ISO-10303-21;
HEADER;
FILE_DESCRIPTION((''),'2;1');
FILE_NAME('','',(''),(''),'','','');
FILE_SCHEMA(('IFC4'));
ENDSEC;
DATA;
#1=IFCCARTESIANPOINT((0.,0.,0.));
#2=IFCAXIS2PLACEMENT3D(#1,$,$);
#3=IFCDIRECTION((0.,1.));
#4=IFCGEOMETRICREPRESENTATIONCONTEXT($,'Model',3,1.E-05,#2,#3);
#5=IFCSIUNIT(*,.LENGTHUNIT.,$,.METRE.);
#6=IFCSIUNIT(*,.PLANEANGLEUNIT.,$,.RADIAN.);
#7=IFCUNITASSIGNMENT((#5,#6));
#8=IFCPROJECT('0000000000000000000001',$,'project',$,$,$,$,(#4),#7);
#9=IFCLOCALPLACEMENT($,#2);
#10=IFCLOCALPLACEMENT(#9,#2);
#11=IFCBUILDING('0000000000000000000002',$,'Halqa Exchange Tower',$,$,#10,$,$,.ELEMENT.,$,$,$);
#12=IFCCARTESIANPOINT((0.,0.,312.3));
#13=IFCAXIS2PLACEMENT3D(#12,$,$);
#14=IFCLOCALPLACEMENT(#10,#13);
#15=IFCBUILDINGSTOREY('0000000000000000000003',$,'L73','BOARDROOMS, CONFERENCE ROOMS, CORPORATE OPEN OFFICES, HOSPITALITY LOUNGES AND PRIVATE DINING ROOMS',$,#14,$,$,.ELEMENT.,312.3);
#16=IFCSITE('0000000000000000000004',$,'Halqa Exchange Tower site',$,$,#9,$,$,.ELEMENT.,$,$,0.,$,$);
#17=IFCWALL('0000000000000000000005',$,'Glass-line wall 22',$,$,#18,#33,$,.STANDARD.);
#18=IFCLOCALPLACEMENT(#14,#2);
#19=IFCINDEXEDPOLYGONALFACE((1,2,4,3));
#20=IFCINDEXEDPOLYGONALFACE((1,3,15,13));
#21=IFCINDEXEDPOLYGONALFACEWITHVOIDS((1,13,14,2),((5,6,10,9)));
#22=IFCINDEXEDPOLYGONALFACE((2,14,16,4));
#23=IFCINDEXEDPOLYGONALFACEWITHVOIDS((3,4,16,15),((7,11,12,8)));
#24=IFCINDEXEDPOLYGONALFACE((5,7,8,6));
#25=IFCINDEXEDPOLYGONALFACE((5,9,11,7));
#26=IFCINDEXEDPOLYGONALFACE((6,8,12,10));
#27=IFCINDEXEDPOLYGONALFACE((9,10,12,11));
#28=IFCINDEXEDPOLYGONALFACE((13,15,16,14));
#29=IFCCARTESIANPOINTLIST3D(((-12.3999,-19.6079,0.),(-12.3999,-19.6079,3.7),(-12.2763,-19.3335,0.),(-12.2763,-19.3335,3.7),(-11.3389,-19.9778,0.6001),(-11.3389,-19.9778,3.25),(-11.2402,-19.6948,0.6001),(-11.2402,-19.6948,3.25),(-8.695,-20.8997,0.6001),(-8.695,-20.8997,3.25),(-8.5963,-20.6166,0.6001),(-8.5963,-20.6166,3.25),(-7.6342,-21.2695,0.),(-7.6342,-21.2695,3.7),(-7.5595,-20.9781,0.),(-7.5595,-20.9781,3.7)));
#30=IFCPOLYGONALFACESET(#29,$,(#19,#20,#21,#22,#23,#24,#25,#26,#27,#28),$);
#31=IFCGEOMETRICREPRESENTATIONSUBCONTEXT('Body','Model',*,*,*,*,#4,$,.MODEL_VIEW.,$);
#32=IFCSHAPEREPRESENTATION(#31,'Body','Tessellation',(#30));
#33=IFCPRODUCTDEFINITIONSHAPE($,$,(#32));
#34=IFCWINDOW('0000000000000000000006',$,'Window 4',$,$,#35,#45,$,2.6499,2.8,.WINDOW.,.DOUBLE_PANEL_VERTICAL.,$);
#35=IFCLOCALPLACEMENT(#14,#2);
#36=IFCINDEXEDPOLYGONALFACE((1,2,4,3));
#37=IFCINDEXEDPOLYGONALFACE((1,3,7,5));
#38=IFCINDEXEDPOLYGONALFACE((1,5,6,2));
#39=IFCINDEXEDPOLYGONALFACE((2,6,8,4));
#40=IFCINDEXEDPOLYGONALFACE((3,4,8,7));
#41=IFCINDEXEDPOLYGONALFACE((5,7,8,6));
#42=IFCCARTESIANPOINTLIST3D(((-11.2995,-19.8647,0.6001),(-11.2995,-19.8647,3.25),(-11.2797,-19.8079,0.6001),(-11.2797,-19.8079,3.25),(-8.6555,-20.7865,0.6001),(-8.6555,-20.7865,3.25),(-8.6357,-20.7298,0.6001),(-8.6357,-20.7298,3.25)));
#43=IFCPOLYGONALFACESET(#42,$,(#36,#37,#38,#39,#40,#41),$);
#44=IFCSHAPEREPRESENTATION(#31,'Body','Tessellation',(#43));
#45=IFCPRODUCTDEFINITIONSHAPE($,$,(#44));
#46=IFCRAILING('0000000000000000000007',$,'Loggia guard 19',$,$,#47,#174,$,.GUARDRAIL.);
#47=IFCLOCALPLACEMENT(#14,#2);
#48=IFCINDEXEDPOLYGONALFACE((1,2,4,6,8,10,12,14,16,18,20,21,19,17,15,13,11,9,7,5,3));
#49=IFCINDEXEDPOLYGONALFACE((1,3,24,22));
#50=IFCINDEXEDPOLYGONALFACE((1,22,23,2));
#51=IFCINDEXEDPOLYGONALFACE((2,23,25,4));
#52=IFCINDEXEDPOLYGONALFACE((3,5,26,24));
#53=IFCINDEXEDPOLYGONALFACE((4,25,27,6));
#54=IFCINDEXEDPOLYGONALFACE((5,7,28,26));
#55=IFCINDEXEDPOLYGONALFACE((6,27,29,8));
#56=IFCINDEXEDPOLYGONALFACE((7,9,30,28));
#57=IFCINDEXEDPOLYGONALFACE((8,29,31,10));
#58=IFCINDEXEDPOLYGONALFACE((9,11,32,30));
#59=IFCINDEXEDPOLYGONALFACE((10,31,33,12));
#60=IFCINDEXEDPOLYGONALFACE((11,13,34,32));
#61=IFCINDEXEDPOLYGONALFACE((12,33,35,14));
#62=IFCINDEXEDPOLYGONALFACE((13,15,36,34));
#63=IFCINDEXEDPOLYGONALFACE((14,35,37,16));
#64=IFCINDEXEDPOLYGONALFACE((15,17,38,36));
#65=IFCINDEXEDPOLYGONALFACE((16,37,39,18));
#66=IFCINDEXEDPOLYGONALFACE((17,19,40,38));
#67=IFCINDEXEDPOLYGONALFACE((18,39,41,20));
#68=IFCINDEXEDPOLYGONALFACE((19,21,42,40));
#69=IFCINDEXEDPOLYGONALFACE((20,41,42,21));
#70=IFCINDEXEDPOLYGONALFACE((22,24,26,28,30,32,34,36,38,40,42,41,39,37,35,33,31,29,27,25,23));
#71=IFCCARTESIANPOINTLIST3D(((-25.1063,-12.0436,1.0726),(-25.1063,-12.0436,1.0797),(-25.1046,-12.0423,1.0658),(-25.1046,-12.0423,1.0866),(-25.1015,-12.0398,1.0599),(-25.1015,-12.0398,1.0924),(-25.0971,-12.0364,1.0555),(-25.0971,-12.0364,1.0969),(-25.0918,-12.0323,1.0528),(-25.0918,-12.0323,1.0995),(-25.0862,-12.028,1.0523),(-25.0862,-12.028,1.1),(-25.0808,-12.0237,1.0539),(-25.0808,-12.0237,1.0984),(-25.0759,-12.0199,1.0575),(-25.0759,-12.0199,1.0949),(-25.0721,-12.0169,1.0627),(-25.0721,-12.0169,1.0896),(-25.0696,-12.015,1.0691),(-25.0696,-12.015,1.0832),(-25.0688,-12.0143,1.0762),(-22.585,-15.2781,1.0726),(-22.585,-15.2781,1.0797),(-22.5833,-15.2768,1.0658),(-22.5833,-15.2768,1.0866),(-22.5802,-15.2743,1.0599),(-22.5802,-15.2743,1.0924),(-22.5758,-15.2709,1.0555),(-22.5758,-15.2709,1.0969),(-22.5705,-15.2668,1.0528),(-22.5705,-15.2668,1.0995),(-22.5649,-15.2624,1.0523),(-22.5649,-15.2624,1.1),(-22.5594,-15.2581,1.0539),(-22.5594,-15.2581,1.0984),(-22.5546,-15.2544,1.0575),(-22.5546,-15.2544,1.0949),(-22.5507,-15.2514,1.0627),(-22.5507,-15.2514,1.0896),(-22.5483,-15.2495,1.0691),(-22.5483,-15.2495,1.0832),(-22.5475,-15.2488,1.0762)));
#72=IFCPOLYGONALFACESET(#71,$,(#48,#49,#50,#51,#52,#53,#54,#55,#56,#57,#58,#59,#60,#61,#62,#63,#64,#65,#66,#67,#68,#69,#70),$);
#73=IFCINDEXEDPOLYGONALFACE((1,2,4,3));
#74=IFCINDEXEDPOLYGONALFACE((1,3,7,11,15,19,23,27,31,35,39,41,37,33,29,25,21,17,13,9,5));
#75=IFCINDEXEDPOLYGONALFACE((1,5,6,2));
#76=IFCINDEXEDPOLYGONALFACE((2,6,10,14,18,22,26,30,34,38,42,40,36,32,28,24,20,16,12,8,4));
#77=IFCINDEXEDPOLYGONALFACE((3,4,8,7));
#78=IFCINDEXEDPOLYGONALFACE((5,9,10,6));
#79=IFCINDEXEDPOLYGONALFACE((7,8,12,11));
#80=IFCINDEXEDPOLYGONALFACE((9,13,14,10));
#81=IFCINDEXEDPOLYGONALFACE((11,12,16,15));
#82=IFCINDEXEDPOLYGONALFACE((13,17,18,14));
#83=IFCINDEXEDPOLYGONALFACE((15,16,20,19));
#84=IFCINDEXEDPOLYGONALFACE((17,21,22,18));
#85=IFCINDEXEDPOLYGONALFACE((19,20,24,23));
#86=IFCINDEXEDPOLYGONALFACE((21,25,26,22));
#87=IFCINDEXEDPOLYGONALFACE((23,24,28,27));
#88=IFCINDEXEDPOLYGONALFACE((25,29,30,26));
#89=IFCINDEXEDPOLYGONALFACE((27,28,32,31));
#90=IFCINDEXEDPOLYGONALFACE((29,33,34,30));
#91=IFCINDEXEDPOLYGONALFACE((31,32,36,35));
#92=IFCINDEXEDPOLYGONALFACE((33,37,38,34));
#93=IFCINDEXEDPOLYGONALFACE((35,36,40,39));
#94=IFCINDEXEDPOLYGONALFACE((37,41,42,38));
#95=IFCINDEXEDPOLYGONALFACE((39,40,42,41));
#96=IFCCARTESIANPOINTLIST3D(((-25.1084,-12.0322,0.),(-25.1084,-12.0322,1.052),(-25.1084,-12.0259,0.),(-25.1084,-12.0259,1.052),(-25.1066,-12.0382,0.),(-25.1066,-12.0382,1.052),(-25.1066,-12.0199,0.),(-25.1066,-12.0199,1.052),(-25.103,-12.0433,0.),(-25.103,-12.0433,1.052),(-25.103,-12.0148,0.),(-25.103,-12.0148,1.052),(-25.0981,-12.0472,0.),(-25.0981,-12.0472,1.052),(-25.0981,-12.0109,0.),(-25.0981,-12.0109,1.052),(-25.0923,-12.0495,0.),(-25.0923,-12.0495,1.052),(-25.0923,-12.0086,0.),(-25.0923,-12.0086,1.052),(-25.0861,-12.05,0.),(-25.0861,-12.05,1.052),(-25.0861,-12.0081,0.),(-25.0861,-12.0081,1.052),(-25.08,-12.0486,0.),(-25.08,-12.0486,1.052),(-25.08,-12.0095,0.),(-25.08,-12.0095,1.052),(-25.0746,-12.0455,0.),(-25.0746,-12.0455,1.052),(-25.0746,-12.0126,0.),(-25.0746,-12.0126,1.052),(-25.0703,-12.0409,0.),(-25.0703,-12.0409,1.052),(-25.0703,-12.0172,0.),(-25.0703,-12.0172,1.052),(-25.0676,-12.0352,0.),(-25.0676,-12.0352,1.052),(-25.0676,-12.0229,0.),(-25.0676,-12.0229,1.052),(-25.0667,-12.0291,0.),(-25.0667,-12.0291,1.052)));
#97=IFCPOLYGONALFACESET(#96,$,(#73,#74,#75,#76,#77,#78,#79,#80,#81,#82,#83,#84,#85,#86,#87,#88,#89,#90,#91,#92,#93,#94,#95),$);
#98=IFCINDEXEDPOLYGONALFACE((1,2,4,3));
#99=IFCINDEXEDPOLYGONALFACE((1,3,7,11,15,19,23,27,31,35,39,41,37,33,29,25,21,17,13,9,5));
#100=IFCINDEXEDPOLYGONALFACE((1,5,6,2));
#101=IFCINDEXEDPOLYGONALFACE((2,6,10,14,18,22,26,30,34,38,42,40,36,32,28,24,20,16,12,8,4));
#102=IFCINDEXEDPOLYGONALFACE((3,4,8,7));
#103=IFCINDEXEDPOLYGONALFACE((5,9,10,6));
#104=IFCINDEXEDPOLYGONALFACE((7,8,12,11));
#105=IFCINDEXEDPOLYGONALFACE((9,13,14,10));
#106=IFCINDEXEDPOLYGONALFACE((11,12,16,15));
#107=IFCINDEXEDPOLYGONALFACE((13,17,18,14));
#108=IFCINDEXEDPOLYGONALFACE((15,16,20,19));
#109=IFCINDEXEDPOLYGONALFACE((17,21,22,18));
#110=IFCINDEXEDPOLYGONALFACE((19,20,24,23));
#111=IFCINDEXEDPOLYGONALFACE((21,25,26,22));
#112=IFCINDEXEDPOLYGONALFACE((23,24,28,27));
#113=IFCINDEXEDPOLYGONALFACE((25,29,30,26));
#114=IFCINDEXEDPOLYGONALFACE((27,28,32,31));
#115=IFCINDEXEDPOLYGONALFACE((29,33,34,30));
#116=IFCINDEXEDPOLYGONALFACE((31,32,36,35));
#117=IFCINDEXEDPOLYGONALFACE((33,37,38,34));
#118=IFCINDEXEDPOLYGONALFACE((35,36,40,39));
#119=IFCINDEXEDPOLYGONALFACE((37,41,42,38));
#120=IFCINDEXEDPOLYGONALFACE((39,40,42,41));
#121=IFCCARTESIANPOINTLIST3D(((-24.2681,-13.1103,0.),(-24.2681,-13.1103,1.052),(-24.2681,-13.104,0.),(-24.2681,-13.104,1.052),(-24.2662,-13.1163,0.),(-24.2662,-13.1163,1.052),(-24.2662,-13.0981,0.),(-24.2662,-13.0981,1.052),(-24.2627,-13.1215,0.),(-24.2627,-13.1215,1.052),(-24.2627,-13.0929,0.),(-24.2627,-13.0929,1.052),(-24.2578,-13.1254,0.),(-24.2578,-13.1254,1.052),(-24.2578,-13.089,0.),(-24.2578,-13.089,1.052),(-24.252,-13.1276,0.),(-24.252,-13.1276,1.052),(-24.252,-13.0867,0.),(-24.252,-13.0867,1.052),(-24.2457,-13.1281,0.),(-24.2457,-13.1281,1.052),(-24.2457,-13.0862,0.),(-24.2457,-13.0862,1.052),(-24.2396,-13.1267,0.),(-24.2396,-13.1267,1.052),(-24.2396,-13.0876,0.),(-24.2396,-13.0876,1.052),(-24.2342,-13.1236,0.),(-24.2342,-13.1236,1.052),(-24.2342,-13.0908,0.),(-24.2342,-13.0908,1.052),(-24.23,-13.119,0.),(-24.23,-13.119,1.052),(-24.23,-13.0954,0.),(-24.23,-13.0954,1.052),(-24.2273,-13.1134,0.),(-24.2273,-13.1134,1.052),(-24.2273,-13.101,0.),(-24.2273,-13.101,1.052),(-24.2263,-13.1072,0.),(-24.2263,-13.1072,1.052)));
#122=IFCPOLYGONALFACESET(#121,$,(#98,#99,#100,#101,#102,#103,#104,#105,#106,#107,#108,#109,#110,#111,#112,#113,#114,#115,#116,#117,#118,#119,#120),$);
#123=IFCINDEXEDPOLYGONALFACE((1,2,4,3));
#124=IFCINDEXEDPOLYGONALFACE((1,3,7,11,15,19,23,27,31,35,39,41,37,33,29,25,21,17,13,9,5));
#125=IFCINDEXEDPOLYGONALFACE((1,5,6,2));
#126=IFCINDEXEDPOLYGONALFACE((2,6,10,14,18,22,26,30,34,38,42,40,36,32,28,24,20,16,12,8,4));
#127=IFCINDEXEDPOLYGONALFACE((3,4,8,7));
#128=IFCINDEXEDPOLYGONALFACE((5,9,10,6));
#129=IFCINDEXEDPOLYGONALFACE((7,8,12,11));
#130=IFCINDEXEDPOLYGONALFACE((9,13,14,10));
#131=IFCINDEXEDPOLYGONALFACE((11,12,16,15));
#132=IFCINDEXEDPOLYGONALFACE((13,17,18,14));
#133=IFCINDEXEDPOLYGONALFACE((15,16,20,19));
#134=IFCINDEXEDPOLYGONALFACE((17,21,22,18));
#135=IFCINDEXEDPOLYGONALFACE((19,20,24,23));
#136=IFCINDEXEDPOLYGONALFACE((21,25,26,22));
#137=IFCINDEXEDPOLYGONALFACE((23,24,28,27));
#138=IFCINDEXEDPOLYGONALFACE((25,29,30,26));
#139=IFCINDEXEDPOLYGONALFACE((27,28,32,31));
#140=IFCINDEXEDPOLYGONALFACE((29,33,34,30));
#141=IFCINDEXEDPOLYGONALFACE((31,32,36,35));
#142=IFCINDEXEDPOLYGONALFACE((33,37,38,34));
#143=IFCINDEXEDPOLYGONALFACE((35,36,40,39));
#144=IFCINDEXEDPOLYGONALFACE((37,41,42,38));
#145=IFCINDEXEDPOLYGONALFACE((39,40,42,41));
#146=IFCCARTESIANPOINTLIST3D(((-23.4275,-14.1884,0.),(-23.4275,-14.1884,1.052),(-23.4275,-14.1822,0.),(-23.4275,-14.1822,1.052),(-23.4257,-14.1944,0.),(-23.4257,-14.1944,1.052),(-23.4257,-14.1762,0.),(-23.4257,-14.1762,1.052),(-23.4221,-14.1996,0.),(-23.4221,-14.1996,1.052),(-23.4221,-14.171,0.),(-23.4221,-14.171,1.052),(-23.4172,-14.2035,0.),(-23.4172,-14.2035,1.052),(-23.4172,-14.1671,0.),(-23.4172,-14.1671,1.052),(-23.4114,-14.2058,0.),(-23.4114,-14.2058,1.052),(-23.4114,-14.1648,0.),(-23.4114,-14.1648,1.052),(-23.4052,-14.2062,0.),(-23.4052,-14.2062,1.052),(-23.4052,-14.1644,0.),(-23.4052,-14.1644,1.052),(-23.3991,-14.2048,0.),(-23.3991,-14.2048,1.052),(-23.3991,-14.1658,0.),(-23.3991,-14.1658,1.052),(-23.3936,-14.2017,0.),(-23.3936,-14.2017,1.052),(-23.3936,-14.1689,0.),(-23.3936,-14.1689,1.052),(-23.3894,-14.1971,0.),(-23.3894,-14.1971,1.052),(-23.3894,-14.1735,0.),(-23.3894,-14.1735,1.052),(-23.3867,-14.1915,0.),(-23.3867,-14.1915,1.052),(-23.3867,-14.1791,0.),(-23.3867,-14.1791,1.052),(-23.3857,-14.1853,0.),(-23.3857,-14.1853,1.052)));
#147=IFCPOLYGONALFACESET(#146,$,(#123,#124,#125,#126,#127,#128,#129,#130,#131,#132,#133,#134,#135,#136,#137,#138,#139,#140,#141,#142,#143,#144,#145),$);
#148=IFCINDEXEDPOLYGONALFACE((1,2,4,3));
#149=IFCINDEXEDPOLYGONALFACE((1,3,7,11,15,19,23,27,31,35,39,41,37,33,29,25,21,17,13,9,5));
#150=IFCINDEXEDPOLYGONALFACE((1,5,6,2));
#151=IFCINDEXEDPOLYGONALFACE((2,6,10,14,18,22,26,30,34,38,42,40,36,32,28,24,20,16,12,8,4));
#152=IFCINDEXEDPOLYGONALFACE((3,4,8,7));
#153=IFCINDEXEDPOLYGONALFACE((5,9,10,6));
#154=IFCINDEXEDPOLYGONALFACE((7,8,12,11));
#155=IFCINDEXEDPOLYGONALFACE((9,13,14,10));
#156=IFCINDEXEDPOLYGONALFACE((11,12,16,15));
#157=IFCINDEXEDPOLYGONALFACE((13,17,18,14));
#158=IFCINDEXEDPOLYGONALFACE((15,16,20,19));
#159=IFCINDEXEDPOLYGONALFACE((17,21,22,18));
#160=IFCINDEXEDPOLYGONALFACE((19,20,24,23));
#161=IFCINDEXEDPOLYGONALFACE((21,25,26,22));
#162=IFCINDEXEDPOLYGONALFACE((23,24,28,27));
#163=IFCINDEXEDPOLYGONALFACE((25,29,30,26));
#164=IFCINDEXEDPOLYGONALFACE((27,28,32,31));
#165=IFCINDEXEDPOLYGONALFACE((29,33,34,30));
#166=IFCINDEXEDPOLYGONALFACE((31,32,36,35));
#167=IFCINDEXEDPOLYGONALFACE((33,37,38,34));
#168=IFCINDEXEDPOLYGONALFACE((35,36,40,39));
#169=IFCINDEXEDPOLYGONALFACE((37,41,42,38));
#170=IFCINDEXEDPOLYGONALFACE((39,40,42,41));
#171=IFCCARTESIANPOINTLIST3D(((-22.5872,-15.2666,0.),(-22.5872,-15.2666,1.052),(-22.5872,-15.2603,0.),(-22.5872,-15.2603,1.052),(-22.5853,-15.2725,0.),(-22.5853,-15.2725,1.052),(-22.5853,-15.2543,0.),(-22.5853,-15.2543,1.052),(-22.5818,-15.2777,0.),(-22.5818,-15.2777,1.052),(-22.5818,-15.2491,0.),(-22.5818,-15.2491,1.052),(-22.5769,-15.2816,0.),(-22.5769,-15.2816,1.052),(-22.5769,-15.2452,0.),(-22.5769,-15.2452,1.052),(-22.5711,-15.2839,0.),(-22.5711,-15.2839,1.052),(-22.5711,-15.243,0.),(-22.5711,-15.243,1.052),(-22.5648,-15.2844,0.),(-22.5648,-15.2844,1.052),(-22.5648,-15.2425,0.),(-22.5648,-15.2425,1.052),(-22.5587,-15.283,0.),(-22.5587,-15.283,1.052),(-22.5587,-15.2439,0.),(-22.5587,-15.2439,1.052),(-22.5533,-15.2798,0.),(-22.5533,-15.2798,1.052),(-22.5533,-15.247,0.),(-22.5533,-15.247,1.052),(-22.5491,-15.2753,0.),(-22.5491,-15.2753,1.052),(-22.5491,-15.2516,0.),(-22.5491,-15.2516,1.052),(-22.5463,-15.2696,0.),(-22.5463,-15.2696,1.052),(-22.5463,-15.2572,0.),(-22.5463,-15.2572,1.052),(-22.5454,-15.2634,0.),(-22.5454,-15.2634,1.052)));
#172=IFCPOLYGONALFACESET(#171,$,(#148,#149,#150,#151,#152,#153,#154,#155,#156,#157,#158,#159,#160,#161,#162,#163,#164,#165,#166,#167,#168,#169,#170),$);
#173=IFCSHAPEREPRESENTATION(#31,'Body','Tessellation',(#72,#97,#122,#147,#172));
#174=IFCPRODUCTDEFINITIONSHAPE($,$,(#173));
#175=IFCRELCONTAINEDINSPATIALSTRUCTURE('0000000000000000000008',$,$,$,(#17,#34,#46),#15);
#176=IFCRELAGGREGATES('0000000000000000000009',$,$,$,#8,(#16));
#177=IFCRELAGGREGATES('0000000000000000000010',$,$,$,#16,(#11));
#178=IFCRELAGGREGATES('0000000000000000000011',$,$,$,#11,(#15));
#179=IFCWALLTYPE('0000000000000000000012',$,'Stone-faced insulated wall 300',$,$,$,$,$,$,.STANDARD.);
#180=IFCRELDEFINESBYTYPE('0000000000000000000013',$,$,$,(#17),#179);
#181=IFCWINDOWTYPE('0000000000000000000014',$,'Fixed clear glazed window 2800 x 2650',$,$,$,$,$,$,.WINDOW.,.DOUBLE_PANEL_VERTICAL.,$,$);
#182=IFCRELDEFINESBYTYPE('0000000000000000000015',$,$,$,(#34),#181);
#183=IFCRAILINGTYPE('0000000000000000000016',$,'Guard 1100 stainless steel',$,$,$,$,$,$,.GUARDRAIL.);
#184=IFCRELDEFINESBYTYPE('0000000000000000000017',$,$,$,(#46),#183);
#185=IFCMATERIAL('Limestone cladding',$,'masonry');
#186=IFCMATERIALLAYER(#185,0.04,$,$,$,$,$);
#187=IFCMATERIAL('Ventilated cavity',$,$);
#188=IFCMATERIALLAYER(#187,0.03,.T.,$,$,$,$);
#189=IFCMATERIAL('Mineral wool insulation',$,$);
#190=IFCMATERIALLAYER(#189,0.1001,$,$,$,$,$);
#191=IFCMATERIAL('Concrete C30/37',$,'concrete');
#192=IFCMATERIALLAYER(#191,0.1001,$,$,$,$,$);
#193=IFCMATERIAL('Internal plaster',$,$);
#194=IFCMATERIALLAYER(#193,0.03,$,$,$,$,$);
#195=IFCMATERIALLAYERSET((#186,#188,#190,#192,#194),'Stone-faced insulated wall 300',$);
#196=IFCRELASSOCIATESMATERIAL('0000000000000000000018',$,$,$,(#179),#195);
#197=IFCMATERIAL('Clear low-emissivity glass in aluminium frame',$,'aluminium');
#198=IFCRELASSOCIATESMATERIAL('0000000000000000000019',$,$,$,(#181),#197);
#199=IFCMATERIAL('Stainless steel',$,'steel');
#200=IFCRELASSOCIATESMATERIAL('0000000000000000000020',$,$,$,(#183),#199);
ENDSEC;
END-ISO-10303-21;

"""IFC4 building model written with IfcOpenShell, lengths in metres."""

from ifc_helpers import new_model, si_unit, direction, frame, frame_2d, origin, origin_2d, place, context, subcontext, project, spatial, polyline, rectangle, circle, outline, extrude, material, layer, layer_set, type_object, element, fill, save


model = new_model("IFC4")

# Units and contexts
model_context = context("Model", 3, precision=1e-05, world=origin(), true_north=direction((0.0, 1.0)))
body_context = subcontext(model_context, "Body", "Model", "MODEL_VIEW")
ifc_project = project(units=[si_unit("LENGTHUNIT", "METRE"), si_unit("PLANEANGLEUNIT", "RADIAN")], contexts=[model_context])

# Site, building, storey
site_placement = place(None, origin())
site = spatial("IfcSite", under=ifc_project, at=site_placement, Name="Halqa Exchange Tower site", CompositionType="ELEMENT", RefElevation=0.0)
building_placement = place(site_placement, origin())
building = spatial("IfcBuilding", under=site, at=building_placement, Name="Halqa Exchange Tower", CompositionType="ELEMENT")
storey_placement = place(building_placement, frame((0.0, 0.0, 312.3)))
storey = spatial("IfcBuildingStorey", under=building, at=storey_placement, Name="L73", Description="BOARDROOMS, CONFERENCE ROOMS, CORPORATE OPEN OFFICES, HOSPITALITY LOUNGES AND PRIVATE DINING ROOMS", CompositionType="ELEMENT", Elevation=312.3)

# Shared definitions
ifc_material_1 = material(Name="Limestone cladding", Category="masonry")
ifc_layer_1 = layer(ifc_material_1, 0.04)
ifc_material_2 = material(Name="Ventilated cavity")
ifc_layer_2 = layer(ifc_material_2, 0.03, ventilated=True)
ifc_material_3 = material(Name="Mineral wool insulation")
ifc_layer_3 = layer(ifc_material_3, 0.1001)
ifc_material_4 = material(Name="Concrete C30/37", Category="concrete")
ifc_layer_4 = layer(ifc_material_4, 0.1001)
ifc_material_5 = material(Name="Internal plaster")
ifc_layer_5 = layer(ifc_material_5, 0.03)
ifc_layer_set_1 = layer_set([ifc_layer_1, ifc_layer_2, ifc_layer_3, ifc_layer_4, ifc_layer_5], Name="Stone-faced insulated wall 300")
wall_type_1 = type_object("IfcWallType", Name="Stone-faced insulated wall 300", PredefinedType="STANDARD", material=ifc_layer_set_1)
ifc_material_6 = material(Name="Clear low-emissivity glass in aluminium frame", Category="aluminium")

# Wall, opening, window
window_type = type_object("IfcWindowType", Name="Fixed clear glazed window 2800 x 2650", PartitioningType="DOUBLE_PANEL_VERTICAL", PredefinedType="WINDOW", material=ifc_material_6)
wall_1_placement = place(storey_placement, frame((-12.3381, -19.4707, 0.0), z_axis=(0.0, 0.0, 1.0), x_axis=(0.944252, -0.329224, 0.0)))
wall_1 = element("IfcWall", 1, at=wall_1_placement, inside=storey, type_object=wall_type_1, Name="Glass-line wall 22", PredefinedType="STANDARD", context=body_context, shape_type="SweptSolid", body=[
    extrude(outline(polyline([(-0.0132, -0.1499), (5.0339, -0.1499), (5.0085, 0.1499), (0.0132, 0.1499), (-0.0132, -0.1499)])), origin(), (0.0, 0.0, 1.0), 3.7),
])
opening_1_placement = place(wall_1_placement, frame((1.1106, 0.0, 0.6001)))
opening_1 = element("IfcOpeningElement", 2, at=opening_1_placement, cuts=wall_1, PredefinedType="OPENING", context=body_context, shape_type="SweptSolid", body=[
    extrude(rectangle(XDim=2.8, YDim=2.6499, at=frame_2d((1.3999, 1.325))), frame((0.0, 0.1621, 0.0), z_axis=(0.0, -1.0, 0.0), x_axis=(1.0, 0.0, 0.0)), (0.0, 0.0, 1.0), 0.324),
])
window_1_placement = place(opening_1_placement, origin())
window_1 = element("IfcWindow", 3, at=window_1_placement, inside=storey, type_object=window_type, Name="Window 4", OverallHeight=2.6499, OverallWidth=2.8, PartitioningType="DOUBLE_PANEL_VERTICAL", PredefinedType="WINDOW", context=body_context, shape_type="SweptSolid", body=[
    extrude(rectangle(XDim=2.8, YDim=2.6499, at=frame_2d((1.3999, 1.325))), frame((0.0, 0.03, 0.0), z_axis=(0.0, -1.0, 0.0), x_axis=(1.0, 0.0, 0.0)), (0.0, 0.0, 1.0), 0.0601),
])
fill(opening_1, window_1)

# Railing
ifc_material_7 = material(Name="Stainless steel", Category="steel")
railing_type = type_object("IfcRailingType", Name="Guard 1100 stainless steel", PredefinedType="GUARDRAIL", material=ifc_material_7)
railing_1_placement = place(storey_placement, frame((-25.0876, -12.0291, 0.0)))
element("IfcRailing", 4, at=railing_1_placement, inside=storey, type_object=railing_type, Name="Loggia guard 19", PredefinedType="GUARDRAIL", context=body_context, shape_type="SweptSolid", body=[
    extrude(circle(Radius=0.0239, at=origin_2d()), frame((0.0, 0.0, 1.0762), z_axis=(0.614793, -0.788688, 0.0), x_axis=(0.788688, 0.614793, 0.0)), (0.0, 0.0, 1.0), 4.1011),
    extrude(circle(Radius=0.021, at=origin_2d()), origin(), (0.0, 0.0, 1.0), 1.052),
    extrude(circle(Radius=0.021, at=origin_2d()), frame((0.8403, -1.0781, 0.0)), (0.0, 0.0, 1.0), 1.052),
    extrude(circle(Radius=0.021, at=origin_2d()), frame((1.6809, -2.1562, 0.0)), (0.0, 0.0, 1.0), 1.052),
    extrude(circle(Radius=0.021, at=origin_2d()), frame((2.5212, -3.2344, 0.0)), (0.0, 0.0, 1.0), 1.052),
])

save(model, "model.ifc")
